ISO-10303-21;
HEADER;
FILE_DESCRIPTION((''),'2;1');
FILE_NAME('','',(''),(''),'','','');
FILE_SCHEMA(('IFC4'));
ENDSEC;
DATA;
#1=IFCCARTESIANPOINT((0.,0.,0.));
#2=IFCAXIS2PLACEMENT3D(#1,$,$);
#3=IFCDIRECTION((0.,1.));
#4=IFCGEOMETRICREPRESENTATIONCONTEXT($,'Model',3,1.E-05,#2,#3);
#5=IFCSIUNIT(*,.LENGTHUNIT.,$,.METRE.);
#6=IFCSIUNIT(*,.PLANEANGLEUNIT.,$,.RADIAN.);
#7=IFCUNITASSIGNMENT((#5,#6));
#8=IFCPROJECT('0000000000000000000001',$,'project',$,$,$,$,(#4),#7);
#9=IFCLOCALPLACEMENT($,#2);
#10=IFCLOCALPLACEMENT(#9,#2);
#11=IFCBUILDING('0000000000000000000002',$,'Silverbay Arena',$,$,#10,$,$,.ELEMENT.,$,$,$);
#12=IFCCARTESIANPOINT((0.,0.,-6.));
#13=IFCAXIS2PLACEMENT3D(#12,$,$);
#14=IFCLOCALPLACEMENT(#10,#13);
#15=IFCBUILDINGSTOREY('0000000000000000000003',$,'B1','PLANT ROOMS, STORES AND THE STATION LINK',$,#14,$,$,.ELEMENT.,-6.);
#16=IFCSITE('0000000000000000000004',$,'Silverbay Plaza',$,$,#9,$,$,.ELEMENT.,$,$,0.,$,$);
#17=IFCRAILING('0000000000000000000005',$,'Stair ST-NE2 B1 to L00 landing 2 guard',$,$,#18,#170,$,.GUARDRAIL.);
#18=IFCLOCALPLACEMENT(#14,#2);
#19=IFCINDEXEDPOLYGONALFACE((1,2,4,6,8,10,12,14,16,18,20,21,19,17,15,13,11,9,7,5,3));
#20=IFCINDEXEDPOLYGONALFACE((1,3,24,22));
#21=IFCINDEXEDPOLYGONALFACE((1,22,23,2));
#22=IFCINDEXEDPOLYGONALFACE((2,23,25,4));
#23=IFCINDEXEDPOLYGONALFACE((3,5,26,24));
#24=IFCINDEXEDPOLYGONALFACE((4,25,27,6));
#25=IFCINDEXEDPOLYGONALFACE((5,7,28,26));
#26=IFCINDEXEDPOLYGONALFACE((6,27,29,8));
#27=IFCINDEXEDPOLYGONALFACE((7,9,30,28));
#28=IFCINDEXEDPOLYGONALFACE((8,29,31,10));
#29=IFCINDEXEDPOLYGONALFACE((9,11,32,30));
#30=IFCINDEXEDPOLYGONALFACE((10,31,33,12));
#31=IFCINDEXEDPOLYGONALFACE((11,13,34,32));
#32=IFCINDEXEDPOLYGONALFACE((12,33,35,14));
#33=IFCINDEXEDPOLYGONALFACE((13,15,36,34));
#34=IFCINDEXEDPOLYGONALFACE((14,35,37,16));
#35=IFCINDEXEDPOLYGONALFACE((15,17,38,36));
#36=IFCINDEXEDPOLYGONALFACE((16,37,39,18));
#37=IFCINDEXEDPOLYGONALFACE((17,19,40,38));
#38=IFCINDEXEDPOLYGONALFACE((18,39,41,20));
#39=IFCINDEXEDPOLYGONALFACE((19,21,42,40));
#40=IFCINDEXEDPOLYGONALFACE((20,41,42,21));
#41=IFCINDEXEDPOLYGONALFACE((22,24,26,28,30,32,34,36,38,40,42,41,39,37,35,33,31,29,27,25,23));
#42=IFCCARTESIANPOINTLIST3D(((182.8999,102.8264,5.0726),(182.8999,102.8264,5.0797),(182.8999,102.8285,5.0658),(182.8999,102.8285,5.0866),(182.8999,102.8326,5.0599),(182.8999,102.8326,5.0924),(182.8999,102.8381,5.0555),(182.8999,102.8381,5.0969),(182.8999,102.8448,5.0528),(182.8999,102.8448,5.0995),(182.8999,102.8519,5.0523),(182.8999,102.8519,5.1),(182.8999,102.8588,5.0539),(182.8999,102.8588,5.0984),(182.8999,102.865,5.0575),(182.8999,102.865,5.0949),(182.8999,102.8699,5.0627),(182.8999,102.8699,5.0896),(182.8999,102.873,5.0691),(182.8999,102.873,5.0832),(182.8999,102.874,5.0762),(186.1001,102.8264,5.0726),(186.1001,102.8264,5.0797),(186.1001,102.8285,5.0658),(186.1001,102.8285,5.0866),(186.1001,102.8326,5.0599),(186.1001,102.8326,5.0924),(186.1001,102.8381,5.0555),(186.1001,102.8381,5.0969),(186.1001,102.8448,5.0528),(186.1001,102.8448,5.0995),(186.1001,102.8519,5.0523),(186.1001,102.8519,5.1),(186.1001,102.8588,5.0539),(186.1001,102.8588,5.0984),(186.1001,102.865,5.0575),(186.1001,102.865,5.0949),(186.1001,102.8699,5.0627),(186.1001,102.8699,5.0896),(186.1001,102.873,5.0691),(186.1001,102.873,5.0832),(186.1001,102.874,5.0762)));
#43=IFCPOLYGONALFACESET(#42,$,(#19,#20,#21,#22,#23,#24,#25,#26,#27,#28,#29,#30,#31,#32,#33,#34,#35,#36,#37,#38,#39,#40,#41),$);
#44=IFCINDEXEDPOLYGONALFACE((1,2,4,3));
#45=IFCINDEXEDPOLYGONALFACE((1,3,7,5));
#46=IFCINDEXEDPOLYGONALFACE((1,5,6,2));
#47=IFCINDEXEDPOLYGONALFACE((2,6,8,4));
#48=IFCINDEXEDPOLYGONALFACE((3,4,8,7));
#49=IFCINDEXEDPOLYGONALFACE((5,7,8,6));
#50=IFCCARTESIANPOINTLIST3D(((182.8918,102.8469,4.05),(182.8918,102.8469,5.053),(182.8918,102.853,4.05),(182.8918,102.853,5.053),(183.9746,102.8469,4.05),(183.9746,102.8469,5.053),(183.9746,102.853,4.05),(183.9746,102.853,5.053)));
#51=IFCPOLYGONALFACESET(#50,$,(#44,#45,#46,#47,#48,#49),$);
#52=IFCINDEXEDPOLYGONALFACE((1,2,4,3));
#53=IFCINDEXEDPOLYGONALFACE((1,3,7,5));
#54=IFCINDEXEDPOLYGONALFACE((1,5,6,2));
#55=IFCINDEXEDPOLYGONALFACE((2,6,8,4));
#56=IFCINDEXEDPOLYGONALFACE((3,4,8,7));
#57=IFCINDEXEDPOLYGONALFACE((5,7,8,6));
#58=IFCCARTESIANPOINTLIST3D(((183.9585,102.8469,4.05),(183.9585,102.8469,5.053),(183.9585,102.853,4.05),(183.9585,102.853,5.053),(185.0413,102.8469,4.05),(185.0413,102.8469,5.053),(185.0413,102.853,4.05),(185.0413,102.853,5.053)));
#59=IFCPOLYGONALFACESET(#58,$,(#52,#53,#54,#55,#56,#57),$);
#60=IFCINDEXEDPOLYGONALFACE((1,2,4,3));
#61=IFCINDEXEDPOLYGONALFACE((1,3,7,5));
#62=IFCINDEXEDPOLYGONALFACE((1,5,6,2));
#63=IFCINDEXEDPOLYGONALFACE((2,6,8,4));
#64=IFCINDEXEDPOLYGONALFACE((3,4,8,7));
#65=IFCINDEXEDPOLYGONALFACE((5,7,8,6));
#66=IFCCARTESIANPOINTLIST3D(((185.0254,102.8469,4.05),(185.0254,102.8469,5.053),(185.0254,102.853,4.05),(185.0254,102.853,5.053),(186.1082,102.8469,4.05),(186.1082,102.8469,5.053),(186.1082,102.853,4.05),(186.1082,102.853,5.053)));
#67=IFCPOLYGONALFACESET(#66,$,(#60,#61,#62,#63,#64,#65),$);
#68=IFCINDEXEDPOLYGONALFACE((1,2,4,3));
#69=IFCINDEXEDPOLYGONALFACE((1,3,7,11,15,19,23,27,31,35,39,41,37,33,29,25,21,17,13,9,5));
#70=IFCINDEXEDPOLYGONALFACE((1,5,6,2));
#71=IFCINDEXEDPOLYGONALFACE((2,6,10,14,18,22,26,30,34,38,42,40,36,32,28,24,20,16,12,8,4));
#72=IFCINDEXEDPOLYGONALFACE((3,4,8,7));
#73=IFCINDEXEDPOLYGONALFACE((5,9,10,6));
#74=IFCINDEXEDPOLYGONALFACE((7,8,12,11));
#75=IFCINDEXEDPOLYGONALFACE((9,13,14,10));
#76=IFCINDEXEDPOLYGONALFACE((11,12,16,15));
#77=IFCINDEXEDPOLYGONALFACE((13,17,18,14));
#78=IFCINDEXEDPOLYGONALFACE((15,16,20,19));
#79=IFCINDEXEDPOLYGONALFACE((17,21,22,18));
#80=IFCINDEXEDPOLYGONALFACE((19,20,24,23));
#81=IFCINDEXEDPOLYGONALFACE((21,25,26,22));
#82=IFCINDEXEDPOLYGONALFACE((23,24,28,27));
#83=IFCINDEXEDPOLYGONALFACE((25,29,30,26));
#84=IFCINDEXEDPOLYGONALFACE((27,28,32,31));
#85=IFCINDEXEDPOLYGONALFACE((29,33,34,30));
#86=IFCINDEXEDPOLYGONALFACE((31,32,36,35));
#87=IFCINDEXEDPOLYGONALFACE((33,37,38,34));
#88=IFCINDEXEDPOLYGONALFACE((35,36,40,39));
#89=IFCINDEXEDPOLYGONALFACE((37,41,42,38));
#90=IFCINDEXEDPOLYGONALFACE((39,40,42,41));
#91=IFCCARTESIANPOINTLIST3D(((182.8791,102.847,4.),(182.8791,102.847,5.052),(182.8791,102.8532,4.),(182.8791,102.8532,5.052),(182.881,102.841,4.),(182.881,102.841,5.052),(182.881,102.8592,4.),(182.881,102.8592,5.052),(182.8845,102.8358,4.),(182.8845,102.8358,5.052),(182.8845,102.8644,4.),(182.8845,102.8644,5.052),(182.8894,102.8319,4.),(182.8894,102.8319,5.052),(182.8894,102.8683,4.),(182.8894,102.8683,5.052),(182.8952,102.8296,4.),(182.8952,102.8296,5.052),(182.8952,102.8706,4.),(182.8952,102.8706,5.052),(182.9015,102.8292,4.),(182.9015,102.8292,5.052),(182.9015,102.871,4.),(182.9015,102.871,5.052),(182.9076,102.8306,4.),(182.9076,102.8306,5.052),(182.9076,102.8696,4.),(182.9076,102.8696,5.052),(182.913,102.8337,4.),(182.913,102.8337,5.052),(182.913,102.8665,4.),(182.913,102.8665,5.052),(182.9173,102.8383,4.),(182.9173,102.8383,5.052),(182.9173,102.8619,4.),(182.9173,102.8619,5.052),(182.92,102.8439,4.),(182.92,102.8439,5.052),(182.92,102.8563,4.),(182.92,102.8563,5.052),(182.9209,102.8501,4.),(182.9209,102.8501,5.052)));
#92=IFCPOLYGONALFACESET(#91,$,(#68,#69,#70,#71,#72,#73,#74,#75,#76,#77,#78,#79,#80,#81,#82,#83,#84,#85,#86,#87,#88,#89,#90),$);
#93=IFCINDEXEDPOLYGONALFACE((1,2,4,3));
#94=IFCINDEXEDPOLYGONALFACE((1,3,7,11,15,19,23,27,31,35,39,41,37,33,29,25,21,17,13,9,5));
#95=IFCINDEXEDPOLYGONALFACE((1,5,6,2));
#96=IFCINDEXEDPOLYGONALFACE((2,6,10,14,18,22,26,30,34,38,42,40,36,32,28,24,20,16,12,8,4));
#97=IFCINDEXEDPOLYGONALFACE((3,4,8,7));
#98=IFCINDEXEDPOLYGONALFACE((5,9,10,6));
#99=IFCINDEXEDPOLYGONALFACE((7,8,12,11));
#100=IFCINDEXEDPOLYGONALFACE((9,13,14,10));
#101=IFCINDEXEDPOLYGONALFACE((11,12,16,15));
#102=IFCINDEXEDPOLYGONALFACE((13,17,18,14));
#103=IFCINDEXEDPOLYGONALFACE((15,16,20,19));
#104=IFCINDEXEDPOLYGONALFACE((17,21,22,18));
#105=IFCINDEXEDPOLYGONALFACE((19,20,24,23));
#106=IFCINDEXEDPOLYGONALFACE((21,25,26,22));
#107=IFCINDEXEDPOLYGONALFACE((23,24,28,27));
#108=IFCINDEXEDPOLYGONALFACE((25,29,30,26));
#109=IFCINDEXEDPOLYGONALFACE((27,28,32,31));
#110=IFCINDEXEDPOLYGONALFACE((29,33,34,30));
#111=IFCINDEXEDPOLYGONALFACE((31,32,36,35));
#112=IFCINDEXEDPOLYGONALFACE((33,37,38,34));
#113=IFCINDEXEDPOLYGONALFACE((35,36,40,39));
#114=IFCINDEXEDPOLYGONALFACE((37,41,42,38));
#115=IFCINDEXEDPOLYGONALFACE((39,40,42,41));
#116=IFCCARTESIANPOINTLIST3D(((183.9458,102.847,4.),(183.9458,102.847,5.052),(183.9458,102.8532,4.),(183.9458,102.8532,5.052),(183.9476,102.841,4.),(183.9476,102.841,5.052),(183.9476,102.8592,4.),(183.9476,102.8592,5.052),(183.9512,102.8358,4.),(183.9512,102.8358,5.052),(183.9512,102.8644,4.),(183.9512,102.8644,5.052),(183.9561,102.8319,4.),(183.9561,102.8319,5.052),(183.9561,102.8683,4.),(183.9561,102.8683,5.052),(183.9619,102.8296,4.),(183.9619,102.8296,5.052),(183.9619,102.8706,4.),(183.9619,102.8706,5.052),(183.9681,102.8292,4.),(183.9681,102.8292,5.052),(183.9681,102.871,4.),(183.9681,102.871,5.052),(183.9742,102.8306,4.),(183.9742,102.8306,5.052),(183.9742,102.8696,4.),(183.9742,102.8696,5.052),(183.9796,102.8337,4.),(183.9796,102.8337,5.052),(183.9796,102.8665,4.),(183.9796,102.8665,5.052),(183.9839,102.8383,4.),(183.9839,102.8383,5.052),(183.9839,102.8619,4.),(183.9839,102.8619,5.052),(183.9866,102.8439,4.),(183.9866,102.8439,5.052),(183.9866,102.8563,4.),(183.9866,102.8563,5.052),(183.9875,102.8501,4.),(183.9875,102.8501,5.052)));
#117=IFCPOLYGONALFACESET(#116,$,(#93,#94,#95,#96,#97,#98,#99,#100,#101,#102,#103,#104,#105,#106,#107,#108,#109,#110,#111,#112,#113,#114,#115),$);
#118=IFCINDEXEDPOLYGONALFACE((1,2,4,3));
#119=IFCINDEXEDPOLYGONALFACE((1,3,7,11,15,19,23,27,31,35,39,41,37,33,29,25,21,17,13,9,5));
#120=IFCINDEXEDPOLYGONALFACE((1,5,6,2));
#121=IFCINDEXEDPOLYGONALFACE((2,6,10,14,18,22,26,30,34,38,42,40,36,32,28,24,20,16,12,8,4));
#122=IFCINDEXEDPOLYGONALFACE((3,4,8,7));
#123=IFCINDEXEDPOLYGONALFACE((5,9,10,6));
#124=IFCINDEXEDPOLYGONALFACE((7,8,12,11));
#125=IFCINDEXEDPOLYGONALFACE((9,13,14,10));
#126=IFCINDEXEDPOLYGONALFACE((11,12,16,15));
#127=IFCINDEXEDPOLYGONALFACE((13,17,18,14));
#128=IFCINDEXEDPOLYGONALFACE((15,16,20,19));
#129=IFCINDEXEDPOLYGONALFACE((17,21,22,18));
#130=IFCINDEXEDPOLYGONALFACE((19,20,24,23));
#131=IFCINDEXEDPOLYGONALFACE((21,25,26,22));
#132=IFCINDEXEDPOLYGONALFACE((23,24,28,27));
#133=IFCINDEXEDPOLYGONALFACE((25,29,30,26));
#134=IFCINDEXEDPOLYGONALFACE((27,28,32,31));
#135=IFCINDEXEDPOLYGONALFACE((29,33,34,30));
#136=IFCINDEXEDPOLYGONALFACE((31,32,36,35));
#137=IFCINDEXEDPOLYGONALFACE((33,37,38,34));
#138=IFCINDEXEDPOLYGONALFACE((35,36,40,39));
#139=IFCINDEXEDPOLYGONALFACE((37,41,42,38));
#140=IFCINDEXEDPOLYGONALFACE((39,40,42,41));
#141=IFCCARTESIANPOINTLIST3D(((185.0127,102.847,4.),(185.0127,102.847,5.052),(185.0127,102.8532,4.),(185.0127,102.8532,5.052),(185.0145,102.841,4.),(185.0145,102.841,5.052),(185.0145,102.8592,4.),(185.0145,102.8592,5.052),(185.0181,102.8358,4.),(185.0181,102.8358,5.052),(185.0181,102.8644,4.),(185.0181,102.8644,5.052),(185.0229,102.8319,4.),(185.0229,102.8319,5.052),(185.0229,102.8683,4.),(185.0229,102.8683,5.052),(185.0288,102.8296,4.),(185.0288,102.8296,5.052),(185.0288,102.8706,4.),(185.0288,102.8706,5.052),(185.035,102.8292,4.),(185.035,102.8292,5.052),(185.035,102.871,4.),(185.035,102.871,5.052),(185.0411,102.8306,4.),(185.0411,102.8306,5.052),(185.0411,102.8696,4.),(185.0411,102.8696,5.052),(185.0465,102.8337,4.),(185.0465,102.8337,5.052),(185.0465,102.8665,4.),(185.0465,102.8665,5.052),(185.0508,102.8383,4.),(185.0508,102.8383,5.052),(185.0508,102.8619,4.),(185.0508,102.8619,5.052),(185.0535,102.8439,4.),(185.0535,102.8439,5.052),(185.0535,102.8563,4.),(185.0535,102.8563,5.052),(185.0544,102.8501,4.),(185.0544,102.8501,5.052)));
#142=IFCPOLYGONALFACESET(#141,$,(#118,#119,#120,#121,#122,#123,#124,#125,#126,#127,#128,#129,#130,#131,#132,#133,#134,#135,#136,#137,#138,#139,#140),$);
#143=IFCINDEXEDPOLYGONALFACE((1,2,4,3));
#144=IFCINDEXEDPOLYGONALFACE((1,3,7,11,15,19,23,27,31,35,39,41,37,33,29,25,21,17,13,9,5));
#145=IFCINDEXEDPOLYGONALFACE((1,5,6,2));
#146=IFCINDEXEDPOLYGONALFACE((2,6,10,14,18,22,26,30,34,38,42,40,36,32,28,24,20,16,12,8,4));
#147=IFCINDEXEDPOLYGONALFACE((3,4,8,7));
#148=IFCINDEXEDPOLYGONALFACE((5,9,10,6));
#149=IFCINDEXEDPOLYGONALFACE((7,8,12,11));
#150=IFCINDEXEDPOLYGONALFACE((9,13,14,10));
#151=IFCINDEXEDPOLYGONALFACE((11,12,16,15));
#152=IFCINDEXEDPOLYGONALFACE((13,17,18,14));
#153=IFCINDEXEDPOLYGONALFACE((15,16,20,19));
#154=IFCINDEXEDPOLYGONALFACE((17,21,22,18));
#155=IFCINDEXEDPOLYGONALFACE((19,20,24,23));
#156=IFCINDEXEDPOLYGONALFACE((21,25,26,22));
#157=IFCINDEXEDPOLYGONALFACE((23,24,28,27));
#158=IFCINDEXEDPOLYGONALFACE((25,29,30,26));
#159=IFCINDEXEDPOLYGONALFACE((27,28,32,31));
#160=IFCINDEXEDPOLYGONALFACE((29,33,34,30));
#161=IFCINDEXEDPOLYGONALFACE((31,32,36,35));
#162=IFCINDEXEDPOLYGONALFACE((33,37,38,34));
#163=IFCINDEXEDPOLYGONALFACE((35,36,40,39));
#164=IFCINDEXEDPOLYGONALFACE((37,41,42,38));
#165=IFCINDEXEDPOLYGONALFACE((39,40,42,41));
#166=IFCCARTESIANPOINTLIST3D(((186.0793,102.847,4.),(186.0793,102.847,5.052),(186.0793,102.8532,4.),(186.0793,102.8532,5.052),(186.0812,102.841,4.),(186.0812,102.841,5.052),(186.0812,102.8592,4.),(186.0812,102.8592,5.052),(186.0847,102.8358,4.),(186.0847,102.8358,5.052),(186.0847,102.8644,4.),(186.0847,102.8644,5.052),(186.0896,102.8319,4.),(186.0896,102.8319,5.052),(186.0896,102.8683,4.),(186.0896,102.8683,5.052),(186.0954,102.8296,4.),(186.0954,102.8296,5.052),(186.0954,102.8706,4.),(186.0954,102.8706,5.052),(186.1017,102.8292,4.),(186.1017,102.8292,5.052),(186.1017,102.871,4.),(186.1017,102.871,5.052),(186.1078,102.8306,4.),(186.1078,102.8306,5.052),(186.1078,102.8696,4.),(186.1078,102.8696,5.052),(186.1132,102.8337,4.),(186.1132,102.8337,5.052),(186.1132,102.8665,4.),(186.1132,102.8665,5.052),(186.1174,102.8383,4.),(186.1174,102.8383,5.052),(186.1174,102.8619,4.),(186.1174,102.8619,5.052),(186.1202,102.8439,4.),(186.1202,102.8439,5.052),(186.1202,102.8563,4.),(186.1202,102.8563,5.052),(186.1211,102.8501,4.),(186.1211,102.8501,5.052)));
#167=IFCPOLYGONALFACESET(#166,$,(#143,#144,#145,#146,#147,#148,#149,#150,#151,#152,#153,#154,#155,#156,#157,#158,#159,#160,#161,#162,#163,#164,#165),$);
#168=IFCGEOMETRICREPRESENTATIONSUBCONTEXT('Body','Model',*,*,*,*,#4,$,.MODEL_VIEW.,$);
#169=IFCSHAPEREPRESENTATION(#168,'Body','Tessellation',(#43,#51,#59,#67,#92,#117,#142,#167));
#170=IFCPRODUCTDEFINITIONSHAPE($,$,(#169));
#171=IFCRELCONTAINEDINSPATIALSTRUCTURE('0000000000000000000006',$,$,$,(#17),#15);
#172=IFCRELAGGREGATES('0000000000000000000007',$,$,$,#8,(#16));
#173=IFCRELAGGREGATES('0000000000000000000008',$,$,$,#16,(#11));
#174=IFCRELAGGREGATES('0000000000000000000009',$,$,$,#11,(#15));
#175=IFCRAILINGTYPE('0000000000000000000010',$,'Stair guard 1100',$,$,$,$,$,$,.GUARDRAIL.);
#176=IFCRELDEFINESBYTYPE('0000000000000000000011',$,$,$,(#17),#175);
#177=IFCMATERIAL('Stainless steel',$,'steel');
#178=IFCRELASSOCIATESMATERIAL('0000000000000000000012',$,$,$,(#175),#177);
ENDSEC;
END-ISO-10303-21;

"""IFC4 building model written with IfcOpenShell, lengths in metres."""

from ifc_helpers import new_model, si_unit, direction, frame, origin, origin_2d, place, context, subcontext, project, spatial, polyline, circle, outline, extrude, material, type_object, element, save


model = new_model("IFC4")

# Units and contexts
model_context = context("Model", 3, precision=1e-05, world=origin(), true_north=direction((0.0, 1.0)))
body_context = subcontext(model_context, "Body", "Model", "MODEL_VIEW")
ifc_project = project(units=[si_unit("LENGTHUNIT", "METRE"), si_unit("PLANEANGLEUNIT", "RADIAN")], contexts=[model_context])

# Site, building, storey
site_placement = place(None, origin())
site = spatial("IfcSite", under=ifc_project, at=site_placement, Name="Silverbay Plaza", CompositionType="ELEMENT", RefElevation=0.0)
building_placement = place(site_placement, origin())
building = spatial("IfcBuilding", under=site, at=building_placement, Name="Silverbay Arena", CompositionType="ELEMENT")
storey_placement = place(building_placement, frame((0.0, 0.0, -6.0)))
storey = spatial("IfcBuildingStorey", under=building, at=storey_placement, Name="B1", Description="PLANT ROOMS, STORES AND THE STATION LINK", CompositionType="ELEMENT", Elevation=-6.0)

# Railing
ifc_material_1 = material(Name="Stainless steel", Category="steel")
railing_type_1 = type_object("IfcRailingType", Name="Stair guard 1100", PredefinedType="GUARDRAIL", material=ifc_material_1)
for number, where, name in (
    (1, (182.8999, 102.8501, 4.0), "Stair ST-NE2 B1 to L00 landing 2 guard"),
):
    element("IfcRailing", number, at=place(storey_placement, frame(where)), inside=storey, type_object=railing_type_1, Name=name, PredefinedType="GUARDRAIL", context=body_context, shape_type="SweptSolid", body=[
        extrude(circle(Radius=0.0239, at=origin_2d()), frame((0.0, 0.0, 1.0762), z_axis=(1.0, 0.0, 0.0), x_axis=(0.0, 1.0, 0.0)), (0.0, 0.0, 1.0), 3.2002),
        extrude(outline(polyline([(-0.0081, 0.05), (1.0747, 0.05), (1.0747, 1.053), (-0.0081, 1.053), (-0.0081, 0.05)])), frame((0.0, 0.0029, 0.0), z_axis=(0.0, -1.0, 0.0), x_axis=(1.0, 0.0, 0.0)), (0.0, 0.0, 1.0), 0.0061),
        extrude(outline(polyline([(-0.0081, 0.05), (1.0747, 0.05), (1.0747, 1.053), (-0.0081, 1.053), (-0.0081, 0.05)])), frame((1.0667, 0.0029, 0.0), z_axis=(0.0, -1.0, 0.0), x_axis=(1.0, 0.0, 0.0)), (0.0, 0.0, 1.0), 0.0061),
        extrude(outline(polyline([(-0.0081, 0.05), (1.0747, 0.05), (1.0747, 1.053), (-0.0081, 1.053), (-0.0081, 0.05)])), frame((2.1335, 0.0029, 0.0), z_axis=(0.0, -1.0, 0.0), x_axis=(1.0, 0.0, 0.0)), (0.0, 0.0, 1.0), 0.0061),
        extrude(circle(Radius=0.021, at=origin_2d()), origin(), (0.0, 0.0, 1.0), 1.052),
        extrude(circle(Radius=0.021, at=origin_2d()), frame((1.0667, 0.0, 0.0)), (0.0, 0.0, 1.0), 1.052),
        extrude(circle(Radius=0.021, at=origin_2d()), frame((2.1335, 0.0, 0.0)), (0.0, 0.0, 1.0), 1.052),
        extrude(circle(Radius=0.021, at=origin_2d()), frame((3.2002, 0.0, 0.0)), (0.0, 0.0, 1.0), 1.052),
    ])

save(model, "model.ifc")
